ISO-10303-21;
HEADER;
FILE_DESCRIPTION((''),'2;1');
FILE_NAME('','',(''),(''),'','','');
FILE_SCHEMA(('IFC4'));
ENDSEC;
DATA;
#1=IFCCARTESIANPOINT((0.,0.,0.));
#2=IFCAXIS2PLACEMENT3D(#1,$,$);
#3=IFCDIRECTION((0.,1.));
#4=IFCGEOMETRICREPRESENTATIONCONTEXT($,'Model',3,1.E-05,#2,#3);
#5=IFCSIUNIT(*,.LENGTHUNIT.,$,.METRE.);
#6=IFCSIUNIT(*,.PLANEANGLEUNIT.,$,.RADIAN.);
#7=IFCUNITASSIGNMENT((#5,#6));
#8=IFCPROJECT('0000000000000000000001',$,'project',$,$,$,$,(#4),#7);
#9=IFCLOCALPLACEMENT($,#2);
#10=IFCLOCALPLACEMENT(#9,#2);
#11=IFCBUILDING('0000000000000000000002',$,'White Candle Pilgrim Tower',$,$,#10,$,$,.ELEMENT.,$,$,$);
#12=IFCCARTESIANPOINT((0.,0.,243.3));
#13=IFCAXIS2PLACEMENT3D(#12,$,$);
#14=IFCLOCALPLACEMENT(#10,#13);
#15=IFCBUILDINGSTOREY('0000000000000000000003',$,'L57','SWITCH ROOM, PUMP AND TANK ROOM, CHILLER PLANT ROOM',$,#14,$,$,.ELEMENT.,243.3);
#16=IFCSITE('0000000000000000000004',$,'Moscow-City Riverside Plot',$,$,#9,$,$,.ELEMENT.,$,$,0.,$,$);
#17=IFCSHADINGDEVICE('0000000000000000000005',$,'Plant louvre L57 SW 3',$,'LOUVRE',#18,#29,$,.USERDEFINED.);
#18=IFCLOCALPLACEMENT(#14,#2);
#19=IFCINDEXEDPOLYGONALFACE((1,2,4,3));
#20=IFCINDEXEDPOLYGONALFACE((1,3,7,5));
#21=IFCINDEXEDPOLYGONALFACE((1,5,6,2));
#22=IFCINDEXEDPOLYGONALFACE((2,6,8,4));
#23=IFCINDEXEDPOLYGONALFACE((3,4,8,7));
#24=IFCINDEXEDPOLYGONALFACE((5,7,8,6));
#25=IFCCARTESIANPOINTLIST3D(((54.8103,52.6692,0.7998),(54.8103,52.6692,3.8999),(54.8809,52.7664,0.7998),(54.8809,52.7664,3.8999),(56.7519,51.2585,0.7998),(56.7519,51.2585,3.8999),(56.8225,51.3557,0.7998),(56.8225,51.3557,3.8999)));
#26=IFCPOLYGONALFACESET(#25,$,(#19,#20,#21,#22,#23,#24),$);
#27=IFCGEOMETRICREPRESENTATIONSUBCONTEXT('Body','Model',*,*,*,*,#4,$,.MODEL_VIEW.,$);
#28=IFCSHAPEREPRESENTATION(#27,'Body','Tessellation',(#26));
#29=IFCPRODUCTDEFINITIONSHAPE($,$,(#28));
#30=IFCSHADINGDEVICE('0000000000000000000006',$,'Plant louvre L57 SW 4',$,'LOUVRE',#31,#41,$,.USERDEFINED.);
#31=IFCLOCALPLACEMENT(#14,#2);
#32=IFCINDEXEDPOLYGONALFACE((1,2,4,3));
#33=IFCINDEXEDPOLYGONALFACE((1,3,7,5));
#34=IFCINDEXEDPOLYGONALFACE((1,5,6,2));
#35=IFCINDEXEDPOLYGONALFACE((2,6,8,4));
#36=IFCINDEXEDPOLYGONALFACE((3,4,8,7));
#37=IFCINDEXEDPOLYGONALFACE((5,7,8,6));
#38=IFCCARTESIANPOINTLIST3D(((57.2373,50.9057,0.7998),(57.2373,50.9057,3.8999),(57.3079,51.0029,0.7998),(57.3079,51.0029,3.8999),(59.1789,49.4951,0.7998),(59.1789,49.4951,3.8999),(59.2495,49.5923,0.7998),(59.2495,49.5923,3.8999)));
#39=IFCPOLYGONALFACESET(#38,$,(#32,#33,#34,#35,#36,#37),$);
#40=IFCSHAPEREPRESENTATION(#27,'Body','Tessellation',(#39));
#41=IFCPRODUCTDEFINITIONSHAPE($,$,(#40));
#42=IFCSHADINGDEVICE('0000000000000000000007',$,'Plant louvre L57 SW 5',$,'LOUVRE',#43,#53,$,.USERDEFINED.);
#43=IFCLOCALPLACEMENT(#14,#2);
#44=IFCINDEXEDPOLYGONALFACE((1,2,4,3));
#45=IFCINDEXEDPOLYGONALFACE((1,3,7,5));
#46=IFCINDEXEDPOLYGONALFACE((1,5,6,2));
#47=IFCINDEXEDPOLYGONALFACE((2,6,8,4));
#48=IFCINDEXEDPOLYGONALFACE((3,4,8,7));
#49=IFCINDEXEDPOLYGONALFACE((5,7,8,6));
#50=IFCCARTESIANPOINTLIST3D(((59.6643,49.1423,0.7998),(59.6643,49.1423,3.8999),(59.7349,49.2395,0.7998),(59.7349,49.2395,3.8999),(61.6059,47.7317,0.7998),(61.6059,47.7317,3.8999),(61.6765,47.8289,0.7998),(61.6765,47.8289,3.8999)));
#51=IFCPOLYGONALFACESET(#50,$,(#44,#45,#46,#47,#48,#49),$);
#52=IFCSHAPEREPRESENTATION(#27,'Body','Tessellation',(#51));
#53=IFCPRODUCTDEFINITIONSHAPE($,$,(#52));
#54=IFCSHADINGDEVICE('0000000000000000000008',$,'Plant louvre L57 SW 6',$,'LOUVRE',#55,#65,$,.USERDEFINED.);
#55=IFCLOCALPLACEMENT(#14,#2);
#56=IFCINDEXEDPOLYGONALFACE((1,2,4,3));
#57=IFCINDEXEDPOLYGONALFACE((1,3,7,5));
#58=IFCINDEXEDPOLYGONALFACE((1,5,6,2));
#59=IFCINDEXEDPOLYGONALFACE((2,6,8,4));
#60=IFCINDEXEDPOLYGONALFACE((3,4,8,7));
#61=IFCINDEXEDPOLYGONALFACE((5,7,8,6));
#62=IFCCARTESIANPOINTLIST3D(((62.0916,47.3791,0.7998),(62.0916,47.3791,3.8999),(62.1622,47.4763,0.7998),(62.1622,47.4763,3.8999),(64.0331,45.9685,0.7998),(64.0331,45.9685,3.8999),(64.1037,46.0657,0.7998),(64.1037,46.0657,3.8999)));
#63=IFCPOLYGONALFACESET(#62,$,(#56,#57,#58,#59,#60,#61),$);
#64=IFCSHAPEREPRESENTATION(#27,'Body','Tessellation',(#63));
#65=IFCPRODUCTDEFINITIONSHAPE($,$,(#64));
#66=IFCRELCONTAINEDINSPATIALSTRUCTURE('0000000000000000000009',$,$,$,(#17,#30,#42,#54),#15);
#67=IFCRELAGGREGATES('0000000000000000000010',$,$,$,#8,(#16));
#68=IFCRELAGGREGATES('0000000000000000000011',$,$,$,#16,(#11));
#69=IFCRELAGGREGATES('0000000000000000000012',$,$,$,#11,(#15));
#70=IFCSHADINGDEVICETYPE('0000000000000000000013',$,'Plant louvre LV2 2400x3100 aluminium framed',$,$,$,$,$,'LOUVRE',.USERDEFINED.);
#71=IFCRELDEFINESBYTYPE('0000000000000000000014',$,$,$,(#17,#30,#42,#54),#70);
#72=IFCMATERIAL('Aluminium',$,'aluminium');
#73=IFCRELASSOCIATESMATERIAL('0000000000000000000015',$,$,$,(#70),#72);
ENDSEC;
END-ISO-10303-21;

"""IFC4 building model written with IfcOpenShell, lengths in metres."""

from ifc_helpers import new_model, si_unit, direction, frame, origin, origin_2d, place, context, subcontext, project, spatial, rectangle, extrude, material, type_object, element, save


model = new_model("IFC4")

# Units and contexts
model_context = context("Model", 3, precision=1e-05, world=origin(), true_north=direction((0.0, 1.0)))
body_context = subcontext(model_context, "Body", "Model", "MODEL_VIEW")
ifc_project = project(units=[si_unit("LENGTHUNIT", "METRE"), si_unit("PLANEANGLEUNIT", "RADIAN")], contexts=[model_context])

# Site, building, storey
site_placement = place(None, origin())
site = spatial("IfcSite", under=ifc_project, at=site_placement, Name="Moscow-City Riverside Plot", CompositionType="ELEMENT", RefElevation=0.0)
building_placement = place(site_placement, origin())
building = spatial("IfcBuilding", under=site, at=building_placement, Name="White Candle Pilgrim Tower", CompositionType="ELEMENT")
storey_placement = place(building_placement, frame((0.0, 0.0, 243.3)))
storey = spatial("IfcBuildingStorey", under=building, at=storey_placement, Name="L57", Description="SWITCH ROOM, PUMP AND TANK ROOM, CHILLER PLANT ROOM", CompositionType="ELEMENT", Elevation=243.3)

# Shading devices
ifc_material_1 = material(Name="Aluminium", Category="aluminium")
shading_device_type = type_object("IfcShadingDeviceType", Name="Plant louvre LV2 2400x3100 aluminium framed", ElementType="LOUVRE", PredefinedType="USERDEFINED", material=ifc_material_1)
for number, where, z_axis, x_axis, name in (
    (1, (55.8164, 52.0125, 0.7998), (0.0, 0.0, 1.0), (0.809017, -0.587785, 0.0), "Plant louvre L57 SW 3"),
    (2, (58.2434, 50.249, 0.7998), (0.0, 0.0, 1.0), (0.809017, -0.587785, 0.0), "Plant louvre L57 SW 4"),
    (3, (60.6704, 48.4856, 0.7998), (0.0, 0.0, 1.0), (0.809017, -0.587785, 0.0), "Plant louvre L57 SW 5"),
    (4, (63.0977, 46.7224, 0.7998), (0.0, 0.0, 1.0), (0.809017, -0.587785, 0.0), "Plant louvre L57 SW 6"),
):
    element("IfcShadingDevice", number, at=place(storey_placement, frame(where, z_axis=z_axis, x_axis=x_axis)), inside=storey, type_object=shading_device_type, Name=name, ObjectType="LOUVRE", PredefinedType="USERDEFINED", context=body_context, shape_type="SweptSolid", body=[
        extrude(rectangle(XDim=2.3999, YDim=0.1201, at=origin_2d()), origin(), (0.0, 0.0, 1.0), 3.1001),
    ])

save(model, "model.ifc")
